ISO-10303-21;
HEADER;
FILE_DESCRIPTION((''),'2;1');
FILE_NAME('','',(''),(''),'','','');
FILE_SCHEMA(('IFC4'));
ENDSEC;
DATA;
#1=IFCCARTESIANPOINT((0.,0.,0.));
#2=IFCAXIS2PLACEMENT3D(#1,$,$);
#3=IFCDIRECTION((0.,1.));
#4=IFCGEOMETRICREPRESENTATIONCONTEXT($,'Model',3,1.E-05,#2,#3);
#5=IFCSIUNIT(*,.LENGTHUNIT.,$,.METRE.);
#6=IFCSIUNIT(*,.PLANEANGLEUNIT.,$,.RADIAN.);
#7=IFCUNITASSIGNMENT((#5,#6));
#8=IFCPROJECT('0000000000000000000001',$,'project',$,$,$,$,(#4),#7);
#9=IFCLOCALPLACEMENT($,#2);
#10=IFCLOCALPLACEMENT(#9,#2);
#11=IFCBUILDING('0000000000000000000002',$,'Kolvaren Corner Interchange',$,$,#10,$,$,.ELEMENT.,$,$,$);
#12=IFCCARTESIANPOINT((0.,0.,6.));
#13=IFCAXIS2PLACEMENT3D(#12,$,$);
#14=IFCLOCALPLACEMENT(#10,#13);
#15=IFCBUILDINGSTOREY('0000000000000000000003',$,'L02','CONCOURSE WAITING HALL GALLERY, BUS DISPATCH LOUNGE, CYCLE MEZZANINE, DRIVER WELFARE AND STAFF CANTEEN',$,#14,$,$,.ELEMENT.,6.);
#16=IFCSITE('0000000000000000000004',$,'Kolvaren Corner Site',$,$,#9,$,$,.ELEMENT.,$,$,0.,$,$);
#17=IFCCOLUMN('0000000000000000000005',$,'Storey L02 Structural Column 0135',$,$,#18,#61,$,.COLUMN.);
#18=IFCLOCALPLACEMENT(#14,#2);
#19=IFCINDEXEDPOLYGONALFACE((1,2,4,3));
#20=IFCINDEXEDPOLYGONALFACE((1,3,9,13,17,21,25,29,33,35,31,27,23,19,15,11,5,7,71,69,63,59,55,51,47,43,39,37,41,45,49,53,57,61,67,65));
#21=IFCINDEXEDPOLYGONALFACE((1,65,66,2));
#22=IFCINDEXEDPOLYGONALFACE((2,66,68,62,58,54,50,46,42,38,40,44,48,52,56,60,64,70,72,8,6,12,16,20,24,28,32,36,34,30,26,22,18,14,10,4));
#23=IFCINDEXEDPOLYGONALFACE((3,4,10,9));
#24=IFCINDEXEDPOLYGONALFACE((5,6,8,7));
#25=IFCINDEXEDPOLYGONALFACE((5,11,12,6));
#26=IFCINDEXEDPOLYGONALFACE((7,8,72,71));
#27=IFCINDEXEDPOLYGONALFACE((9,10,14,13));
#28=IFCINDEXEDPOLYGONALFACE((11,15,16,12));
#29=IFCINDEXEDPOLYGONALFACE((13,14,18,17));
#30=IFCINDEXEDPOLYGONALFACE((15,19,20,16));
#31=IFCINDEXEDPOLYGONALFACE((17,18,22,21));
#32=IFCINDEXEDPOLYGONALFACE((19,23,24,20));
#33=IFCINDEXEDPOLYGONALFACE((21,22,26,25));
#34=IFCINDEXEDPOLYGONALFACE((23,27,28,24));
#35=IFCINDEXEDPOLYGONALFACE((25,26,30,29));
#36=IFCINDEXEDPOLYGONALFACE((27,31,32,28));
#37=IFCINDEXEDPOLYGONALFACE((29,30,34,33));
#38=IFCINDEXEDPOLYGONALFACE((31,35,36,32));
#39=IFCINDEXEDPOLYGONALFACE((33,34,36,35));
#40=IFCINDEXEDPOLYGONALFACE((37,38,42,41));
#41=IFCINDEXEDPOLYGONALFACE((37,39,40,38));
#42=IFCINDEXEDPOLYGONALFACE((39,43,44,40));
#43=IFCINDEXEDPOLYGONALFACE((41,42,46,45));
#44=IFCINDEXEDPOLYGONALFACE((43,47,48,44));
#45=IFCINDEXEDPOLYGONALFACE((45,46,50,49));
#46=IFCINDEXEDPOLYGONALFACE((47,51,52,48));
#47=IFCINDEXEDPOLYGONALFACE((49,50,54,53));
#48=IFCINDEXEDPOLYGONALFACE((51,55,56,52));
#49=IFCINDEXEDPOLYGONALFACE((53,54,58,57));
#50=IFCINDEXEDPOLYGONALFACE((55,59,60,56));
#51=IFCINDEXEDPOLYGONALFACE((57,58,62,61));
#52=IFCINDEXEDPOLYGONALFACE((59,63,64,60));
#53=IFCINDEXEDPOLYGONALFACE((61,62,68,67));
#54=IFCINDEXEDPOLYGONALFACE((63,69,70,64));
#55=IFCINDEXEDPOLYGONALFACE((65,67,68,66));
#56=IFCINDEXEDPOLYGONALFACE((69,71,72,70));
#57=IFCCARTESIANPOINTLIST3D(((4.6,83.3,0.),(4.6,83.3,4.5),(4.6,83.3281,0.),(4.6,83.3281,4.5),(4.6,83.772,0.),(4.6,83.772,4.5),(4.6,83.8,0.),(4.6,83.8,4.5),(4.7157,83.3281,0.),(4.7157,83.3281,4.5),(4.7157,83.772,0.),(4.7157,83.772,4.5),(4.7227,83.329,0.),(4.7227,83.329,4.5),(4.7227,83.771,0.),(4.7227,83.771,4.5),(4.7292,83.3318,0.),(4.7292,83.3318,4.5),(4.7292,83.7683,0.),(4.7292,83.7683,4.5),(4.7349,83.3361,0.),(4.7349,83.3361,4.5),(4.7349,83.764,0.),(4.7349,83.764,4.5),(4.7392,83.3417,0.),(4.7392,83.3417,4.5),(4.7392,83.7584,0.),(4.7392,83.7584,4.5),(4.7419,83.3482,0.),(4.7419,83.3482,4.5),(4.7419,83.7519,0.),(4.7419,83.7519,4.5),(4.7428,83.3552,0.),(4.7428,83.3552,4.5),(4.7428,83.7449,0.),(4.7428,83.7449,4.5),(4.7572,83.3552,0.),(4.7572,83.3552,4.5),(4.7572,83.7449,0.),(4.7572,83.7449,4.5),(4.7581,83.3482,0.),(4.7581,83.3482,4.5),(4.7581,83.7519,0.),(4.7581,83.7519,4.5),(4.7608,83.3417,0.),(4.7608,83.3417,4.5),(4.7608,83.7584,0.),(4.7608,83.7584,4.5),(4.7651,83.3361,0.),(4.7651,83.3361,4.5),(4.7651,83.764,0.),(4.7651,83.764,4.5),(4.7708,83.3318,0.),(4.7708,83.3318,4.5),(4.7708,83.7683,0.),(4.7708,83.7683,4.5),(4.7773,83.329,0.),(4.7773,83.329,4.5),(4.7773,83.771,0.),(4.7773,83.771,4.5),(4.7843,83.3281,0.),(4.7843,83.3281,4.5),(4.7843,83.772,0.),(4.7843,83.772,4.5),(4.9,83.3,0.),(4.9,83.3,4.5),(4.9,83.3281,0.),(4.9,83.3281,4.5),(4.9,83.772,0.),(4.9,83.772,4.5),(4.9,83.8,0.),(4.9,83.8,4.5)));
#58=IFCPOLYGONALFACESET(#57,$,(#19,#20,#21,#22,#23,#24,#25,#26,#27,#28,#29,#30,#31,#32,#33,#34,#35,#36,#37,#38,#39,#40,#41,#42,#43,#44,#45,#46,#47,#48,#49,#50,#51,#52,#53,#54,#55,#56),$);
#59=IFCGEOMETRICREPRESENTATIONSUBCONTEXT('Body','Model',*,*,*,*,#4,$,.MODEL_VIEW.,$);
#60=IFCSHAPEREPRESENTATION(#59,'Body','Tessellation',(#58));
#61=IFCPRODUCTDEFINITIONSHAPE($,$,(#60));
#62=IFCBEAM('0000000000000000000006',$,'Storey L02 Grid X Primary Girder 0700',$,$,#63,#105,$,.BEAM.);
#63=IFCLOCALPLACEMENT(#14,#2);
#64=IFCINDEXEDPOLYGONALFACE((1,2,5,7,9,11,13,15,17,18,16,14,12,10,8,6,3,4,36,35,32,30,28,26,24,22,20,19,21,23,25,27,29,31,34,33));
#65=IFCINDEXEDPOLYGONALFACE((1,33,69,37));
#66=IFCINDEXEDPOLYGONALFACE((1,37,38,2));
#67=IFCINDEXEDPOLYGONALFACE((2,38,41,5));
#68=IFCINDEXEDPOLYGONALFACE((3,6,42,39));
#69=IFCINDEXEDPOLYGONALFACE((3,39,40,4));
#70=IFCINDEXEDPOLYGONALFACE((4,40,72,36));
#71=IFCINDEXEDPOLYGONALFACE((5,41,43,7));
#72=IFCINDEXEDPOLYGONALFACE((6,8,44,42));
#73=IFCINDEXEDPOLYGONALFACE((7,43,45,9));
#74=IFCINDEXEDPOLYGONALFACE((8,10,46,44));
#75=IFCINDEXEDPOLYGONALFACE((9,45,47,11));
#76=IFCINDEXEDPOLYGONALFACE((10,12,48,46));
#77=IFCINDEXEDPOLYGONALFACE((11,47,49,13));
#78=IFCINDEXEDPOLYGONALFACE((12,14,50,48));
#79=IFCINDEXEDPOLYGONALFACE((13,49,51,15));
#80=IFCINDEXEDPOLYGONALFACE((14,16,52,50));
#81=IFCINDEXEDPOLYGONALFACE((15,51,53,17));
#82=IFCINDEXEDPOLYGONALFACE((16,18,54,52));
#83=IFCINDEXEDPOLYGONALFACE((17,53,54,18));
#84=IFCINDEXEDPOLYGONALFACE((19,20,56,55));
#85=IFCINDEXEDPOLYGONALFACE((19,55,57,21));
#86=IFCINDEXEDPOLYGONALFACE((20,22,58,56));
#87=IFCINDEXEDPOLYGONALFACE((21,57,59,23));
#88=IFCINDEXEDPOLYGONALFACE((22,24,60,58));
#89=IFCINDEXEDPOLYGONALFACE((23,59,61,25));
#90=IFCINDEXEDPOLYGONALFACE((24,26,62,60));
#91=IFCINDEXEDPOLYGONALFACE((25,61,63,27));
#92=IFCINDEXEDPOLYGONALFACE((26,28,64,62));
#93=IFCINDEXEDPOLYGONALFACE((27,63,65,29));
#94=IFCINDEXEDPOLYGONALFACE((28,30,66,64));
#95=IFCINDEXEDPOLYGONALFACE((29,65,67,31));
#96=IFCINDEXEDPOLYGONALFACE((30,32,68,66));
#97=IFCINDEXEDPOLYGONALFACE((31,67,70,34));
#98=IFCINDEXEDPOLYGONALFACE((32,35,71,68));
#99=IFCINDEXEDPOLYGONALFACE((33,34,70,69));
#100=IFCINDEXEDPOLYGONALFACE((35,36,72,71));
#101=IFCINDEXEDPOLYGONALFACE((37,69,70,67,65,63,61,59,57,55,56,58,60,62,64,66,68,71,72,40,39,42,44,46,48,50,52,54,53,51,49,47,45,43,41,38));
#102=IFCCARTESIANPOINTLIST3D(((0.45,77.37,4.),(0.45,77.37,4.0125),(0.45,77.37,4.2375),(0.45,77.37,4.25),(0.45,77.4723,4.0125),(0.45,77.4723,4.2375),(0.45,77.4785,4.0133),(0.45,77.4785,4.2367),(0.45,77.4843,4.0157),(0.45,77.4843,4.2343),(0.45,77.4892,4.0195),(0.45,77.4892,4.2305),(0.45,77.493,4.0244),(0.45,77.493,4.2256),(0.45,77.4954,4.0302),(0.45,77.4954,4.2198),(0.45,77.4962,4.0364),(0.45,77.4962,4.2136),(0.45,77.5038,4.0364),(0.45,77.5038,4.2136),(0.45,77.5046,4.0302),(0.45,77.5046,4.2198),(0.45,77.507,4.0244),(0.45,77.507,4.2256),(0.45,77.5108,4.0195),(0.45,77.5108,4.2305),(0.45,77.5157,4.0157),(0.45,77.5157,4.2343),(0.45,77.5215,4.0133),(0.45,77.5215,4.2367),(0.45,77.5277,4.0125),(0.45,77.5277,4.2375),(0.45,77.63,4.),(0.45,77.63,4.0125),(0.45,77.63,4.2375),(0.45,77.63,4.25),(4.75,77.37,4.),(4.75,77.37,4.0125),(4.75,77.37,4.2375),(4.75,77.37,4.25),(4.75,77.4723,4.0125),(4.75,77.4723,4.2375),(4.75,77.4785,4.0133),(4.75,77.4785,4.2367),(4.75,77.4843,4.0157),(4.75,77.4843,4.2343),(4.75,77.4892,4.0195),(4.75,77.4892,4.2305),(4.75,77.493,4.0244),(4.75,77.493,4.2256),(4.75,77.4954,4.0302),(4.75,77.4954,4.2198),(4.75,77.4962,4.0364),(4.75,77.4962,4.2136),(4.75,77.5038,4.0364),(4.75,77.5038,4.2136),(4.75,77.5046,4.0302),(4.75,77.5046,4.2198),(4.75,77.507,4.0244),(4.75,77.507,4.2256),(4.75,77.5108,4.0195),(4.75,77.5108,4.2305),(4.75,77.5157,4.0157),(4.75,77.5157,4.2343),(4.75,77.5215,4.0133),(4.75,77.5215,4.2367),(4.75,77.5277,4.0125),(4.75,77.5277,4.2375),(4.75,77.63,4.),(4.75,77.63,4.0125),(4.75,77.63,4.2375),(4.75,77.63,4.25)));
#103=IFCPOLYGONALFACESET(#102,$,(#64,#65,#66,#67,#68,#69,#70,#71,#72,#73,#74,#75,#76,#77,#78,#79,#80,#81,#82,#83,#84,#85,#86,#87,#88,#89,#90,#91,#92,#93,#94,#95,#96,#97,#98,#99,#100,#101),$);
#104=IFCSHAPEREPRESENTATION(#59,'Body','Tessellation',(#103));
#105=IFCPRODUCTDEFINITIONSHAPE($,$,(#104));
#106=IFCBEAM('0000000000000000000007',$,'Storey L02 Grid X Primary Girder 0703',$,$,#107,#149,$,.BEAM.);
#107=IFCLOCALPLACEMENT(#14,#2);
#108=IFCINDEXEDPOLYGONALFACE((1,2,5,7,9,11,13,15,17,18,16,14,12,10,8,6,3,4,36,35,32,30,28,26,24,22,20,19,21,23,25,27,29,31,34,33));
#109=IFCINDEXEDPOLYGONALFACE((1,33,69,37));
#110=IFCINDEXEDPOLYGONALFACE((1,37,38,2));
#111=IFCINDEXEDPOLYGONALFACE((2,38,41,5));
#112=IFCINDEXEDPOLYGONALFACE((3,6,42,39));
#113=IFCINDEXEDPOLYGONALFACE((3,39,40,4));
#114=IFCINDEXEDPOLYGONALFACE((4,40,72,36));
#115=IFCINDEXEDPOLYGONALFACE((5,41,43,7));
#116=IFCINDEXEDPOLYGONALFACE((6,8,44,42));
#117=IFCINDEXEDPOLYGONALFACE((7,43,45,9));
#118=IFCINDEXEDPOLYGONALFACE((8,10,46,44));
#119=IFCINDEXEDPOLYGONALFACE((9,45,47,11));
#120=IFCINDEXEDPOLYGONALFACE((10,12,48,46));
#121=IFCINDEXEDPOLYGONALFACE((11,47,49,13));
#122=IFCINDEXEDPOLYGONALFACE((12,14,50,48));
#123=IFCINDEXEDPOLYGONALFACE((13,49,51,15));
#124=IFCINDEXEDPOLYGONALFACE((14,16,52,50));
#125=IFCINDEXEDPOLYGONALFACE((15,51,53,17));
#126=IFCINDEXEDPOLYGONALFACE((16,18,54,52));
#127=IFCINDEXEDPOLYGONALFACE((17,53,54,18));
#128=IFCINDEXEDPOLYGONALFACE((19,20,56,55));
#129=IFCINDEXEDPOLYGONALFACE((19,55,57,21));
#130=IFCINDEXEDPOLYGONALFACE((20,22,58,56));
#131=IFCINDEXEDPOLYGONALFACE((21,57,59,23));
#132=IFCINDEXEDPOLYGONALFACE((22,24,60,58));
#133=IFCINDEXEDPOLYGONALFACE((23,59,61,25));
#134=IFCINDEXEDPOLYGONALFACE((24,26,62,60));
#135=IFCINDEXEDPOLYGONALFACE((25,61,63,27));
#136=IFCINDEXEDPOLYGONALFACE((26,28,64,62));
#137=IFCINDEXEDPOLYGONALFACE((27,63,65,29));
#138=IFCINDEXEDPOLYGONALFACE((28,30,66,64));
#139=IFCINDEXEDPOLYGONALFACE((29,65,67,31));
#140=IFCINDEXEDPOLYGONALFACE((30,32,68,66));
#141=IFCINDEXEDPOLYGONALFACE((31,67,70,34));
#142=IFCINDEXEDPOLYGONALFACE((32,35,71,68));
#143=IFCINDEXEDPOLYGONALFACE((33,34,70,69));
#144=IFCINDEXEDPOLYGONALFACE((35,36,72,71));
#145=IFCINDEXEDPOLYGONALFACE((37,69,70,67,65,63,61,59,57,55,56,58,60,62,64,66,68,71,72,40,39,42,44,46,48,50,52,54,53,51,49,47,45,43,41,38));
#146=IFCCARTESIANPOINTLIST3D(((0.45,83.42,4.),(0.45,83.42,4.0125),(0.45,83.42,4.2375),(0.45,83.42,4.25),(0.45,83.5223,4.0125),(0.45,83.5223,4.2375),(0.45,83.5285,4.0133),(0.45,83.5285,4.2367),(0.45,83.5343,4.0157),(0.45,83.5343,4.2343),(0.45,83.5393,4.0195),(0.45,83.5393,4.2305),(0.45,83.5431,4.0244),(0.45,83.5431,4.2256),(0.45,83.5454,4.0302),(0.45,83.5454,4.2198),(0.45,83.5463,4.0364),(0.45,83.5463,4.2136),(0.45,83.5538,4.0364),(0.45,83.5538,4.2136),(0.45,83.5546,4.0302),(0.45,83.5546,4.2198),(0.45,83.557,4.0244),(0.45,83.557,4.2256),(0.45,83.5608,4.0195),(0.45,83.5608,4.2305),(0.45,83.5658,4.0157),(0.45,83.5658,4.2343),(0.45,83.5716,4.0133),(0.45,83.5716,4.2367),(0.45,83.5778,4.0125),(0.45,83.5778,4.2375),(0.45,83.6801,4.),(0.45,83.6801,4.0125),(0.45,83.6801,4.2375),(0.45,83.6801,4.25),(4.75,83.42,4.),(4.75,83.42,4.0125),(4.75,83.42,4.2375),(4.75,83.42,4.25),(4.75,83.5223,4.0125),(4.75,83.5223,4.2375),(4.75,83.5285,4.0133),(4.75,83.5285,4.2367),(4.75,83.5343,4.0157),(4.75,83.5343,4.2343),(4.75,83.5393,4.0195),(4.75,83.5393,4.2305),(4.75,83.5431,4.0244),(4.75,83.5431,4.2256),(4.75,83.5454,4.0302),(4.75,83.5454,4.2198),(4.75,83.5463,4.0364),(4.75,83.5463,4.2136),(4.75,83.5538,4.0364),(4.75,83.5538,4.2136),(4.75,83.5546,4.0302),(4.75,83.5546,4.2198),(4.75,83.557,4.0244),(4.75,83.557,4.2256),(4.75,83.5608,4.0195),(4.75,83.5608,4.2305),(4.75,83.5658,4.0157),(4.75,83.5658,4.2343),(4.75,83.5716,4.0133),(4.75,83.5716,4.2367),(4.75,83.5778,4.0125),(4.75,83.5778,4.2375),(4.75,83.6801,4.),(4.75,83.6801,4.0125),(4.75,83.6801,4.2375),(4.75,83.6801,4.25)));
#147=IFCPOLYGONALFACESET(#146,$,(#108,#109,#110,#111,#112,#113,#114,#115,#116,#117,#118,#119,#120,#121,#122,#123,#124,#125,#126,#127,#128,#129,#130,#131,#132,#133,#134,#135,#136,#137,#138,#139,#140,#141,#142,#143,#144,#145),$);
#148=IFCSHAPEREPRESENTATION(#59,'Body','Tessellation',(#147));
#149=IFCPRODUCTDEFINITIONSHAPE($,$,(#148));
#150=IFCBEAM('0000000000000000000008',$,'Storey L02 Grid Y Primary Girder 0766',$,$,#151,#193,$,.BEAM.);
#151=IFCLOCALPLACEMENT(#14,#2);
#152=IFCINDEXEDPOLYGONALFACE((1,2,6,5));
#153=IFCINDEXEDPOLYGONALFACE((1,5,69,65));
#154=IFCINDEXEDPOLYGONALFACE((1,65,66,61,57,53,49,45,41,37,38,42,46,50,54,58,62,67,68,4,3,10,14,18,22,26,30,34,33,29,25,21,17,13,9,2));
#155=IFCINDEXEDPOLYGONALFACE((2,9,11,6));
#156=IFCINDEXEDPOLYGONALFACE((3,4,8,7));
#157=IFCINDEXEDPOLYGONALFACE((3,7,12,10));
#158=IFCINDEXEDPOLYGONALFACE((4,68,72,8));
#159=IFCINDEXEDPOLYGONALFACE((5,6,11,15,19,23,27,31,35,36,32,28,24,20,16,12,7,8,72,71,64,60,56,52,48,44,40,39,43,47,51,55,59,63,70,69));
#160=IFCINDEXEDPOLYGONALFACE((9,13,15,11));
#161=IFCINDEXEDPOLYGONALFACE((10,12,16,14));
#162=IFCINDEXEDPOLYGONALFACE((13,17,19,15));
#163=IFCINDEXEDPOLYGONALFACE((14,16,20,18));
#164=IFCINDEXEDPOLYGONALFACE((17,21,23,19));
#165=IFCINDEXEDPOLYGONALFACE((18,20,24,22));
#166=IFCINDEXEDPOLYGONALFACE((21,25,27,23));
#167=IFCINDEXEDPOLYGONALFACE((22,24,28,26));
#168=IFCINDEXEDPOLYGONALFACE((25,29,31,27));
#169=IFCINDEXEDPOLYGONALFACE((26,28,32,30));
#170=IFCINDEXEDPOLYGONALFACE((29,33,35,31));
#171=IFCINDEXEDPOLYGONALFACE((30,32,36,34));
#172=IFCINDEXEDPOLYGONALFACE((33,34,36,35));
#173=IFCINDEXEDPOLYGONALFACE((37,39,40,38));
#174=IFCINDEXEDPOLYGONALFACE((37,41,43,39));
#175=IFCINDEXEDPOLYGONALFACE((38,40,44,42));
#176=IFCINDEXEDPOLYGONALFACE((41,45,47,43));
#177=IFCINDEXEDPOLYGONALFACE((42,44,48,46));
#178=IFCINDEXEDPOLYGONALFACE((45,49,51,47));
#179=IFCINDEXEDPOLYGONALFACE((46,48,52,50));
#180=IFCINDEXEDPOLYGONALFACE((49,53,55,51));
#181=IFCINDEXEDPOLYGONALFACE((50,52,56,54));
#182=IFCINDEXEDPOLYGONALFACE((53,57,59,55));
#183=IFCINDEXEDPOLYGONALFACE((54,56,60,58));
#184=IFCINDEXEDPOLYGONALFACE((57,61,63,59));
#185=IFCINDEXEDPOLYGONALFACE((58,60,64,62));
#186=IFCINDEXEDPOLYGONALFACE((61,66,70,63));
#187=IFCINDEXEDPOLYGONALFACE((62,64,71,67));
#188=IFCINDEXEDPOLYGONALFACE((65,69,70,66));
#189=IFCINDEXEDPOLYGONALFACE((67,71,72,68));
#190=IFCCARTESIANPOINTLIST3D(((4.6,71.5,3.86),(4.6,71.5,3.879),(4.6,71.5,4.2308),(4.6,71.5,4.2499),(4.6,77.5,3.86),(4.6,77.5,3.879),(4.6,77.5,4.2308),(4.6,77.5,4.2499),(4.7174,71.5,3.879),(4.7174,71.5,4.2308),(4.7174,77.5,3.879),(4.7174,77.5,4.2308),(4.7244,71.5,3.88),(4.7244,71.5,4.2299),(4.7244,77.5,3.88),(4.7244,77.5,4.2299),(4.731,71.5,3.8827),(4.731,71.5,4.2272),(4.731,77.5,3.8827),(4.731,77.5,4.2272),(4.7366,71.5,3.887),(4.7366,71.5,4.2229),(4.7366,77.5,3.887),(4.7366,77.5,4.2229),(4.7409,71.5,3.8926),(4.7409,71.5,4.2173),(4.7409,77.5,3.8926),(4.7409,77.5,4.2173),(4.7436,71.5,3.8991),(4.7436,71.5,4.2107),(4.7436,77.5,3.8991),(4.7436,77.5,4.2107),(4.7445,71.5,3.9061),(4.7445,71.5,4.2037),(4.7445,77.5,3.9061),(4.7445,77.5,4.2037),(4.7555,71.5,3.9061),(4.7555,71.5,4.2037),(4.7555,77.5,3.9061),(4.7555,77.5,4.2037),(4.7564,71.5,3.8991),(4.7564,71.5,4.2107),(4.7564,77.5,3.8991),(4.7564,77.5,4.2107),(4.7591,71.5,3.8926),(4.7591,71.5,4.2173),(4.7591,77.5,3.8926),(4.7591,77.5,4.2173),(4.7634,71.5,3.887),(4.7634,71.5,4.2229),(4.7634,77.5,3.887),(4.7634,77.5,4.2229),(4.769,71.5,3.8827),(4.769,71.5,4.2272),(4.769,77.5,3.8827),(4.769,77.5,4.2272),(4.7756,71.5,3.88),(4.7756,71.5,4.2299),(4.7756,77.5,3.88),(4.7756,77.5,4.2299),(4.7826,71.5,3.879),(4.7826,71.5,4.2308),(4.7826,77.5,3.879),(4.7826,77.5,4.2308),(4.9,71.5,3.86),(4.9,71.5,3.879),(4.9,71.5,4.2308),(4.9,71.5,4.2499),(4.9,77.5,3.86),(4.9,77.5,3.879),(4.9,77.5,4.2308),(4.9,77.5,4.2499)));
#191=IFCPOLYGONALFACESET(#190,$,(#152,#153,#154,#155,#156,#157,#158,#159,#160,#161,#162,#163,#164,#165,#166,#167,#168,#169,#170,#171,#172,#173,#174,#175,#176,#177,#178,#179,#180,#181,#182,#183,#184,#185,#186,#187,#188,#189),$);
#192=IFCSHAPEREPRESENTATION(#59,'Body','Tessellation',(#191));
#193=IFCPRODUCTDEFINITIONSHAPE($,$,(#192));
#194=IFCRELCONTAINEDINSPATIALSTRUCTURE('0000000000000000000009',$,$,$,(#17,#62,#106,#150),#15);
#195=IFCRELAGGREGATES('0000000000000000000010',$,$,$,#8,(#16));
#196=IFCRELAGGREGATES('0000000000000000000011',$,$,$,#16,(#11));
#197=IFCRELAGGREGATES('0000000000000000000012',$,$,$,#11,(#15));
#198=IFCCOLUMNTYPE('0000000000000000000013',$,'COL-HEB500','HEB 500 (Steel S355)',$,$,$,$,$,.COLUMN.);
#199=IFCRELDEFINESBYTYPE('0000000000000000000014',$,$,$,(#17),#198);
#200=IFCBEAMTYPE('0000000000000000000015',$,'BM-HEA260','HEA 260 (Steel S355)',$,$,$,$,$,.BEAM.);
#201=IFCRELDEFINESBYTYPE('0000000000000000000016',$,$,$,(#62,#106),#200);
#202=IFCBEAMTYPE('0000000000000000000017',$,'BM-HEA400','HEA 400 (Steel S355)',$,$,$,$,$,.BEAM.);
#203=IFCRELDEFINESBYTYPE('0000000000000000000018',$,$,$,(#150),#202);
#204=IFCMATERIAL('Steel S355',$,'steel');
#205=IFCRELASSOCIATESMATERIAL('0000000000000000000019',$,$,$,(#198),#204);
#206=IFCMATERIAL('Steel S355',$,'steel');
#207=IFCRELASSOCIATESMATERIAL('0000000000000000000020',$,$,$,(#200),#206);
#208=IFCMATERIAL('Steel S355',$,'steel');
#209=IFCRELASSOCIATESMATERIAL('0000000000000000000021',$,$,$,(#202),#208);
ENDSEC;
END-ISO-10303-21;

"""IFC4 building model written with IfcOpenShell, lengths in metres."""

from ifc_helpers import new_model, si_unit, direction, frame, origin, origin_2d, place, context, subcontext, project, spatial, i_section, extrude, material, material_profile, profile_set, type_object, element, save


model = new_model("IFC4")

# Units and contexts
model_context = context("Model", 3, precision=1e-05, world=origin(), true_north=direction((0.0, 1.0)))
body_context = subcontext(model_context, "Body", "Model", "MODEL_VIEW")
ifc_project = project(units=[si_unit("LENGTHUNIT", "METRE"), si_unit("PLANEANGLEUNIT", "RADIAN")], contexts=[model_context])

# Site, building, storey
site_placement = place(None, origin())
site = spatial("IfcSite", under=ifc_project, at=site_placement, Name="Kolvaren Corner Site", CompositionType="ELEMENT", RefElevation=0.0)
building_placement = place(site_placement, origin())
building = spatial("IfcBuilding", under=site, at=building_placement, Name="Kolvaren Corner Interchange", CompositionType="ELEMENT")
storey_placement = place(building_placement, frame((0.0, 0.0, 6.0)))
storey = spatial("IfcBuildingStorey", under=building, at=storey_placement, Name="L02", Description="CONCOURSE WAITING HALL GALLERY, BUS DISPATCH LOUNGE, CYCLE MEZZANINE, DRIVER WELFARE AND STAFF CANTEEN", CompositionType="ELEMENT", Elevation=6.0)

# Column
ifc_material_1 = material(Name="Steel S355", Category="steel")
ifc_material_profile_1 = material_profile(ifc_material_1, i_section(OverallWidth=0.3, OverallDepth=0.5, WebThickness=0.0144, FlangeThickness=0.0281, FilletRadius=0.0271, at=origin_2d()), Name="HEB 500")
ifc_profile_set_1 = profile_set([ifc_material_profile_1], Name="Steel S355")
column_type = type_object("IfcColumnType", Name="COL-HEB500", Description="HEB 500 (Steel S355)", PredefinedType="COLUMN", material=ifc_profile_set_1)
for number, where, z_axis, x_axis, name in (
    (1, (4.75, 83.55, 0.0), (0.0, 0.0, 1.0), (1.0, 0.0, 0.0), "Storey L02 Structural Column 0135"),
):
    element("IfcColumn", number, at=place(storey_placement, frame(where, z_axis=z_axis, x_axis=x_axis)), inside=storey, type_object=column_type, Name=name, PredefinedType="COLUMN", context=body_context, shape_type="SweptSolid", body=[
        extrude(i_section(OverallWidth=0.3, OverallDepth=0.5, WebThickness=0.0144, FlangeThickness=0.0281, FilletRadius=0.0271, at=origin_2d()), origin(), (0.0, 0.0, 1.0), 4.5),
    ])

# Beams
ifc_material_2 = material(Name="Steel S355", Category="steel")
ifc_material_profile_2 = material_profile(ifc_material_2, i_section(OverallWidth=0.26, OverallDepth=0.25, WebThickness=0.0076, FlangeThickness=0.0125, FilletRadius=0.0239, at=origin_2d()), Name="HEA 260")
ifc_profile_set_2 = profile_set([ifc_material_profile_2], Name="Steel S355")
beam_type_1 = type_object("IfcBeamType", Name="BM-HEA260", Description="HEA 260 (Steel S355)", PredefinedType="BEAM", material=ifc_profile_set_2)
for number, where, z_axis, x_axis, name in (
    (2, (0.45, 77.5, 4.125), (1.0, 0.0, 0.0), (0.0, 1.0, 0.0), "Storey L02 Grid X Primary Girder 0700"),
    (3, (0.45, 83.55, 4.125), (1.0, 0.0, 0.0), (0.0, 1.0, 0.0), "Storey L02 Grid X Primary Girder 0703"),
):
    element("IfcBeam", number, at=place(storey_placement, frame(where, z_axis=z_axis, x_axis=x_axis)), inside=storey, type_object=beam_type_1, Name=name, PredefinedType="BEAM", context=body_context, shape_type="SweptSolid", body=[
        extrude(i_section(OverallWidth=0.26, OverallDepth=0.25, WebThickness=0.0076, FlangeThickness=0.0125, FilletRadius=0.0239, at=origin_2d()), origin(), (0.0, 0.0, 1.0), 4.3),
    ])
ifc_material_3 = material(Name="Steel S355", Category="steel")
ifc_material_profile_3 = material_profile(ifc_material_3, i_section(OverallWidth=0.3, OverallDepth=0.3899, WebThickness=0.011, FlangeThickness=0.019, FilletRadius=0.0271, at=origin_2d()), Name="HEA 400")
ifc_profile_set_3 = profile_set([ifc_material_profile_3], Name="Steel S355")
beam_type_2 = type_object("IfcBeamType", Name="BM-HEA400", Description="HEA 400 (Steel S355)", PredefinedType="BEAM", material=ifc_profile_set_3)
beam_1_placement = place(storey_placement, frame((4.75, 71.5, 4.0549), z_axis=(0.0, 1.0, 0.0), x_axis=(-1.0, 0.0, 0.0)))
element("IfcBeam", 4, at=beam_1_placement, inside=storey, type_object=beam_type_2, Name="Storey L02 Grid Y Primary Girder 0766", PredefinedType="BEAM", context=body_context, shape_type="SweptSolid", body=[
    extrude(i_section(OverallWidth=0.3, OverallDepth=0.3899, WebThickness=0.011, FlangeThickness=0.019, FilletRadius=0.0271, at=origin_2d()), origin(), (0.0, 0.0, 1.0), 6.0),
])

save(model, "model.ifc")
